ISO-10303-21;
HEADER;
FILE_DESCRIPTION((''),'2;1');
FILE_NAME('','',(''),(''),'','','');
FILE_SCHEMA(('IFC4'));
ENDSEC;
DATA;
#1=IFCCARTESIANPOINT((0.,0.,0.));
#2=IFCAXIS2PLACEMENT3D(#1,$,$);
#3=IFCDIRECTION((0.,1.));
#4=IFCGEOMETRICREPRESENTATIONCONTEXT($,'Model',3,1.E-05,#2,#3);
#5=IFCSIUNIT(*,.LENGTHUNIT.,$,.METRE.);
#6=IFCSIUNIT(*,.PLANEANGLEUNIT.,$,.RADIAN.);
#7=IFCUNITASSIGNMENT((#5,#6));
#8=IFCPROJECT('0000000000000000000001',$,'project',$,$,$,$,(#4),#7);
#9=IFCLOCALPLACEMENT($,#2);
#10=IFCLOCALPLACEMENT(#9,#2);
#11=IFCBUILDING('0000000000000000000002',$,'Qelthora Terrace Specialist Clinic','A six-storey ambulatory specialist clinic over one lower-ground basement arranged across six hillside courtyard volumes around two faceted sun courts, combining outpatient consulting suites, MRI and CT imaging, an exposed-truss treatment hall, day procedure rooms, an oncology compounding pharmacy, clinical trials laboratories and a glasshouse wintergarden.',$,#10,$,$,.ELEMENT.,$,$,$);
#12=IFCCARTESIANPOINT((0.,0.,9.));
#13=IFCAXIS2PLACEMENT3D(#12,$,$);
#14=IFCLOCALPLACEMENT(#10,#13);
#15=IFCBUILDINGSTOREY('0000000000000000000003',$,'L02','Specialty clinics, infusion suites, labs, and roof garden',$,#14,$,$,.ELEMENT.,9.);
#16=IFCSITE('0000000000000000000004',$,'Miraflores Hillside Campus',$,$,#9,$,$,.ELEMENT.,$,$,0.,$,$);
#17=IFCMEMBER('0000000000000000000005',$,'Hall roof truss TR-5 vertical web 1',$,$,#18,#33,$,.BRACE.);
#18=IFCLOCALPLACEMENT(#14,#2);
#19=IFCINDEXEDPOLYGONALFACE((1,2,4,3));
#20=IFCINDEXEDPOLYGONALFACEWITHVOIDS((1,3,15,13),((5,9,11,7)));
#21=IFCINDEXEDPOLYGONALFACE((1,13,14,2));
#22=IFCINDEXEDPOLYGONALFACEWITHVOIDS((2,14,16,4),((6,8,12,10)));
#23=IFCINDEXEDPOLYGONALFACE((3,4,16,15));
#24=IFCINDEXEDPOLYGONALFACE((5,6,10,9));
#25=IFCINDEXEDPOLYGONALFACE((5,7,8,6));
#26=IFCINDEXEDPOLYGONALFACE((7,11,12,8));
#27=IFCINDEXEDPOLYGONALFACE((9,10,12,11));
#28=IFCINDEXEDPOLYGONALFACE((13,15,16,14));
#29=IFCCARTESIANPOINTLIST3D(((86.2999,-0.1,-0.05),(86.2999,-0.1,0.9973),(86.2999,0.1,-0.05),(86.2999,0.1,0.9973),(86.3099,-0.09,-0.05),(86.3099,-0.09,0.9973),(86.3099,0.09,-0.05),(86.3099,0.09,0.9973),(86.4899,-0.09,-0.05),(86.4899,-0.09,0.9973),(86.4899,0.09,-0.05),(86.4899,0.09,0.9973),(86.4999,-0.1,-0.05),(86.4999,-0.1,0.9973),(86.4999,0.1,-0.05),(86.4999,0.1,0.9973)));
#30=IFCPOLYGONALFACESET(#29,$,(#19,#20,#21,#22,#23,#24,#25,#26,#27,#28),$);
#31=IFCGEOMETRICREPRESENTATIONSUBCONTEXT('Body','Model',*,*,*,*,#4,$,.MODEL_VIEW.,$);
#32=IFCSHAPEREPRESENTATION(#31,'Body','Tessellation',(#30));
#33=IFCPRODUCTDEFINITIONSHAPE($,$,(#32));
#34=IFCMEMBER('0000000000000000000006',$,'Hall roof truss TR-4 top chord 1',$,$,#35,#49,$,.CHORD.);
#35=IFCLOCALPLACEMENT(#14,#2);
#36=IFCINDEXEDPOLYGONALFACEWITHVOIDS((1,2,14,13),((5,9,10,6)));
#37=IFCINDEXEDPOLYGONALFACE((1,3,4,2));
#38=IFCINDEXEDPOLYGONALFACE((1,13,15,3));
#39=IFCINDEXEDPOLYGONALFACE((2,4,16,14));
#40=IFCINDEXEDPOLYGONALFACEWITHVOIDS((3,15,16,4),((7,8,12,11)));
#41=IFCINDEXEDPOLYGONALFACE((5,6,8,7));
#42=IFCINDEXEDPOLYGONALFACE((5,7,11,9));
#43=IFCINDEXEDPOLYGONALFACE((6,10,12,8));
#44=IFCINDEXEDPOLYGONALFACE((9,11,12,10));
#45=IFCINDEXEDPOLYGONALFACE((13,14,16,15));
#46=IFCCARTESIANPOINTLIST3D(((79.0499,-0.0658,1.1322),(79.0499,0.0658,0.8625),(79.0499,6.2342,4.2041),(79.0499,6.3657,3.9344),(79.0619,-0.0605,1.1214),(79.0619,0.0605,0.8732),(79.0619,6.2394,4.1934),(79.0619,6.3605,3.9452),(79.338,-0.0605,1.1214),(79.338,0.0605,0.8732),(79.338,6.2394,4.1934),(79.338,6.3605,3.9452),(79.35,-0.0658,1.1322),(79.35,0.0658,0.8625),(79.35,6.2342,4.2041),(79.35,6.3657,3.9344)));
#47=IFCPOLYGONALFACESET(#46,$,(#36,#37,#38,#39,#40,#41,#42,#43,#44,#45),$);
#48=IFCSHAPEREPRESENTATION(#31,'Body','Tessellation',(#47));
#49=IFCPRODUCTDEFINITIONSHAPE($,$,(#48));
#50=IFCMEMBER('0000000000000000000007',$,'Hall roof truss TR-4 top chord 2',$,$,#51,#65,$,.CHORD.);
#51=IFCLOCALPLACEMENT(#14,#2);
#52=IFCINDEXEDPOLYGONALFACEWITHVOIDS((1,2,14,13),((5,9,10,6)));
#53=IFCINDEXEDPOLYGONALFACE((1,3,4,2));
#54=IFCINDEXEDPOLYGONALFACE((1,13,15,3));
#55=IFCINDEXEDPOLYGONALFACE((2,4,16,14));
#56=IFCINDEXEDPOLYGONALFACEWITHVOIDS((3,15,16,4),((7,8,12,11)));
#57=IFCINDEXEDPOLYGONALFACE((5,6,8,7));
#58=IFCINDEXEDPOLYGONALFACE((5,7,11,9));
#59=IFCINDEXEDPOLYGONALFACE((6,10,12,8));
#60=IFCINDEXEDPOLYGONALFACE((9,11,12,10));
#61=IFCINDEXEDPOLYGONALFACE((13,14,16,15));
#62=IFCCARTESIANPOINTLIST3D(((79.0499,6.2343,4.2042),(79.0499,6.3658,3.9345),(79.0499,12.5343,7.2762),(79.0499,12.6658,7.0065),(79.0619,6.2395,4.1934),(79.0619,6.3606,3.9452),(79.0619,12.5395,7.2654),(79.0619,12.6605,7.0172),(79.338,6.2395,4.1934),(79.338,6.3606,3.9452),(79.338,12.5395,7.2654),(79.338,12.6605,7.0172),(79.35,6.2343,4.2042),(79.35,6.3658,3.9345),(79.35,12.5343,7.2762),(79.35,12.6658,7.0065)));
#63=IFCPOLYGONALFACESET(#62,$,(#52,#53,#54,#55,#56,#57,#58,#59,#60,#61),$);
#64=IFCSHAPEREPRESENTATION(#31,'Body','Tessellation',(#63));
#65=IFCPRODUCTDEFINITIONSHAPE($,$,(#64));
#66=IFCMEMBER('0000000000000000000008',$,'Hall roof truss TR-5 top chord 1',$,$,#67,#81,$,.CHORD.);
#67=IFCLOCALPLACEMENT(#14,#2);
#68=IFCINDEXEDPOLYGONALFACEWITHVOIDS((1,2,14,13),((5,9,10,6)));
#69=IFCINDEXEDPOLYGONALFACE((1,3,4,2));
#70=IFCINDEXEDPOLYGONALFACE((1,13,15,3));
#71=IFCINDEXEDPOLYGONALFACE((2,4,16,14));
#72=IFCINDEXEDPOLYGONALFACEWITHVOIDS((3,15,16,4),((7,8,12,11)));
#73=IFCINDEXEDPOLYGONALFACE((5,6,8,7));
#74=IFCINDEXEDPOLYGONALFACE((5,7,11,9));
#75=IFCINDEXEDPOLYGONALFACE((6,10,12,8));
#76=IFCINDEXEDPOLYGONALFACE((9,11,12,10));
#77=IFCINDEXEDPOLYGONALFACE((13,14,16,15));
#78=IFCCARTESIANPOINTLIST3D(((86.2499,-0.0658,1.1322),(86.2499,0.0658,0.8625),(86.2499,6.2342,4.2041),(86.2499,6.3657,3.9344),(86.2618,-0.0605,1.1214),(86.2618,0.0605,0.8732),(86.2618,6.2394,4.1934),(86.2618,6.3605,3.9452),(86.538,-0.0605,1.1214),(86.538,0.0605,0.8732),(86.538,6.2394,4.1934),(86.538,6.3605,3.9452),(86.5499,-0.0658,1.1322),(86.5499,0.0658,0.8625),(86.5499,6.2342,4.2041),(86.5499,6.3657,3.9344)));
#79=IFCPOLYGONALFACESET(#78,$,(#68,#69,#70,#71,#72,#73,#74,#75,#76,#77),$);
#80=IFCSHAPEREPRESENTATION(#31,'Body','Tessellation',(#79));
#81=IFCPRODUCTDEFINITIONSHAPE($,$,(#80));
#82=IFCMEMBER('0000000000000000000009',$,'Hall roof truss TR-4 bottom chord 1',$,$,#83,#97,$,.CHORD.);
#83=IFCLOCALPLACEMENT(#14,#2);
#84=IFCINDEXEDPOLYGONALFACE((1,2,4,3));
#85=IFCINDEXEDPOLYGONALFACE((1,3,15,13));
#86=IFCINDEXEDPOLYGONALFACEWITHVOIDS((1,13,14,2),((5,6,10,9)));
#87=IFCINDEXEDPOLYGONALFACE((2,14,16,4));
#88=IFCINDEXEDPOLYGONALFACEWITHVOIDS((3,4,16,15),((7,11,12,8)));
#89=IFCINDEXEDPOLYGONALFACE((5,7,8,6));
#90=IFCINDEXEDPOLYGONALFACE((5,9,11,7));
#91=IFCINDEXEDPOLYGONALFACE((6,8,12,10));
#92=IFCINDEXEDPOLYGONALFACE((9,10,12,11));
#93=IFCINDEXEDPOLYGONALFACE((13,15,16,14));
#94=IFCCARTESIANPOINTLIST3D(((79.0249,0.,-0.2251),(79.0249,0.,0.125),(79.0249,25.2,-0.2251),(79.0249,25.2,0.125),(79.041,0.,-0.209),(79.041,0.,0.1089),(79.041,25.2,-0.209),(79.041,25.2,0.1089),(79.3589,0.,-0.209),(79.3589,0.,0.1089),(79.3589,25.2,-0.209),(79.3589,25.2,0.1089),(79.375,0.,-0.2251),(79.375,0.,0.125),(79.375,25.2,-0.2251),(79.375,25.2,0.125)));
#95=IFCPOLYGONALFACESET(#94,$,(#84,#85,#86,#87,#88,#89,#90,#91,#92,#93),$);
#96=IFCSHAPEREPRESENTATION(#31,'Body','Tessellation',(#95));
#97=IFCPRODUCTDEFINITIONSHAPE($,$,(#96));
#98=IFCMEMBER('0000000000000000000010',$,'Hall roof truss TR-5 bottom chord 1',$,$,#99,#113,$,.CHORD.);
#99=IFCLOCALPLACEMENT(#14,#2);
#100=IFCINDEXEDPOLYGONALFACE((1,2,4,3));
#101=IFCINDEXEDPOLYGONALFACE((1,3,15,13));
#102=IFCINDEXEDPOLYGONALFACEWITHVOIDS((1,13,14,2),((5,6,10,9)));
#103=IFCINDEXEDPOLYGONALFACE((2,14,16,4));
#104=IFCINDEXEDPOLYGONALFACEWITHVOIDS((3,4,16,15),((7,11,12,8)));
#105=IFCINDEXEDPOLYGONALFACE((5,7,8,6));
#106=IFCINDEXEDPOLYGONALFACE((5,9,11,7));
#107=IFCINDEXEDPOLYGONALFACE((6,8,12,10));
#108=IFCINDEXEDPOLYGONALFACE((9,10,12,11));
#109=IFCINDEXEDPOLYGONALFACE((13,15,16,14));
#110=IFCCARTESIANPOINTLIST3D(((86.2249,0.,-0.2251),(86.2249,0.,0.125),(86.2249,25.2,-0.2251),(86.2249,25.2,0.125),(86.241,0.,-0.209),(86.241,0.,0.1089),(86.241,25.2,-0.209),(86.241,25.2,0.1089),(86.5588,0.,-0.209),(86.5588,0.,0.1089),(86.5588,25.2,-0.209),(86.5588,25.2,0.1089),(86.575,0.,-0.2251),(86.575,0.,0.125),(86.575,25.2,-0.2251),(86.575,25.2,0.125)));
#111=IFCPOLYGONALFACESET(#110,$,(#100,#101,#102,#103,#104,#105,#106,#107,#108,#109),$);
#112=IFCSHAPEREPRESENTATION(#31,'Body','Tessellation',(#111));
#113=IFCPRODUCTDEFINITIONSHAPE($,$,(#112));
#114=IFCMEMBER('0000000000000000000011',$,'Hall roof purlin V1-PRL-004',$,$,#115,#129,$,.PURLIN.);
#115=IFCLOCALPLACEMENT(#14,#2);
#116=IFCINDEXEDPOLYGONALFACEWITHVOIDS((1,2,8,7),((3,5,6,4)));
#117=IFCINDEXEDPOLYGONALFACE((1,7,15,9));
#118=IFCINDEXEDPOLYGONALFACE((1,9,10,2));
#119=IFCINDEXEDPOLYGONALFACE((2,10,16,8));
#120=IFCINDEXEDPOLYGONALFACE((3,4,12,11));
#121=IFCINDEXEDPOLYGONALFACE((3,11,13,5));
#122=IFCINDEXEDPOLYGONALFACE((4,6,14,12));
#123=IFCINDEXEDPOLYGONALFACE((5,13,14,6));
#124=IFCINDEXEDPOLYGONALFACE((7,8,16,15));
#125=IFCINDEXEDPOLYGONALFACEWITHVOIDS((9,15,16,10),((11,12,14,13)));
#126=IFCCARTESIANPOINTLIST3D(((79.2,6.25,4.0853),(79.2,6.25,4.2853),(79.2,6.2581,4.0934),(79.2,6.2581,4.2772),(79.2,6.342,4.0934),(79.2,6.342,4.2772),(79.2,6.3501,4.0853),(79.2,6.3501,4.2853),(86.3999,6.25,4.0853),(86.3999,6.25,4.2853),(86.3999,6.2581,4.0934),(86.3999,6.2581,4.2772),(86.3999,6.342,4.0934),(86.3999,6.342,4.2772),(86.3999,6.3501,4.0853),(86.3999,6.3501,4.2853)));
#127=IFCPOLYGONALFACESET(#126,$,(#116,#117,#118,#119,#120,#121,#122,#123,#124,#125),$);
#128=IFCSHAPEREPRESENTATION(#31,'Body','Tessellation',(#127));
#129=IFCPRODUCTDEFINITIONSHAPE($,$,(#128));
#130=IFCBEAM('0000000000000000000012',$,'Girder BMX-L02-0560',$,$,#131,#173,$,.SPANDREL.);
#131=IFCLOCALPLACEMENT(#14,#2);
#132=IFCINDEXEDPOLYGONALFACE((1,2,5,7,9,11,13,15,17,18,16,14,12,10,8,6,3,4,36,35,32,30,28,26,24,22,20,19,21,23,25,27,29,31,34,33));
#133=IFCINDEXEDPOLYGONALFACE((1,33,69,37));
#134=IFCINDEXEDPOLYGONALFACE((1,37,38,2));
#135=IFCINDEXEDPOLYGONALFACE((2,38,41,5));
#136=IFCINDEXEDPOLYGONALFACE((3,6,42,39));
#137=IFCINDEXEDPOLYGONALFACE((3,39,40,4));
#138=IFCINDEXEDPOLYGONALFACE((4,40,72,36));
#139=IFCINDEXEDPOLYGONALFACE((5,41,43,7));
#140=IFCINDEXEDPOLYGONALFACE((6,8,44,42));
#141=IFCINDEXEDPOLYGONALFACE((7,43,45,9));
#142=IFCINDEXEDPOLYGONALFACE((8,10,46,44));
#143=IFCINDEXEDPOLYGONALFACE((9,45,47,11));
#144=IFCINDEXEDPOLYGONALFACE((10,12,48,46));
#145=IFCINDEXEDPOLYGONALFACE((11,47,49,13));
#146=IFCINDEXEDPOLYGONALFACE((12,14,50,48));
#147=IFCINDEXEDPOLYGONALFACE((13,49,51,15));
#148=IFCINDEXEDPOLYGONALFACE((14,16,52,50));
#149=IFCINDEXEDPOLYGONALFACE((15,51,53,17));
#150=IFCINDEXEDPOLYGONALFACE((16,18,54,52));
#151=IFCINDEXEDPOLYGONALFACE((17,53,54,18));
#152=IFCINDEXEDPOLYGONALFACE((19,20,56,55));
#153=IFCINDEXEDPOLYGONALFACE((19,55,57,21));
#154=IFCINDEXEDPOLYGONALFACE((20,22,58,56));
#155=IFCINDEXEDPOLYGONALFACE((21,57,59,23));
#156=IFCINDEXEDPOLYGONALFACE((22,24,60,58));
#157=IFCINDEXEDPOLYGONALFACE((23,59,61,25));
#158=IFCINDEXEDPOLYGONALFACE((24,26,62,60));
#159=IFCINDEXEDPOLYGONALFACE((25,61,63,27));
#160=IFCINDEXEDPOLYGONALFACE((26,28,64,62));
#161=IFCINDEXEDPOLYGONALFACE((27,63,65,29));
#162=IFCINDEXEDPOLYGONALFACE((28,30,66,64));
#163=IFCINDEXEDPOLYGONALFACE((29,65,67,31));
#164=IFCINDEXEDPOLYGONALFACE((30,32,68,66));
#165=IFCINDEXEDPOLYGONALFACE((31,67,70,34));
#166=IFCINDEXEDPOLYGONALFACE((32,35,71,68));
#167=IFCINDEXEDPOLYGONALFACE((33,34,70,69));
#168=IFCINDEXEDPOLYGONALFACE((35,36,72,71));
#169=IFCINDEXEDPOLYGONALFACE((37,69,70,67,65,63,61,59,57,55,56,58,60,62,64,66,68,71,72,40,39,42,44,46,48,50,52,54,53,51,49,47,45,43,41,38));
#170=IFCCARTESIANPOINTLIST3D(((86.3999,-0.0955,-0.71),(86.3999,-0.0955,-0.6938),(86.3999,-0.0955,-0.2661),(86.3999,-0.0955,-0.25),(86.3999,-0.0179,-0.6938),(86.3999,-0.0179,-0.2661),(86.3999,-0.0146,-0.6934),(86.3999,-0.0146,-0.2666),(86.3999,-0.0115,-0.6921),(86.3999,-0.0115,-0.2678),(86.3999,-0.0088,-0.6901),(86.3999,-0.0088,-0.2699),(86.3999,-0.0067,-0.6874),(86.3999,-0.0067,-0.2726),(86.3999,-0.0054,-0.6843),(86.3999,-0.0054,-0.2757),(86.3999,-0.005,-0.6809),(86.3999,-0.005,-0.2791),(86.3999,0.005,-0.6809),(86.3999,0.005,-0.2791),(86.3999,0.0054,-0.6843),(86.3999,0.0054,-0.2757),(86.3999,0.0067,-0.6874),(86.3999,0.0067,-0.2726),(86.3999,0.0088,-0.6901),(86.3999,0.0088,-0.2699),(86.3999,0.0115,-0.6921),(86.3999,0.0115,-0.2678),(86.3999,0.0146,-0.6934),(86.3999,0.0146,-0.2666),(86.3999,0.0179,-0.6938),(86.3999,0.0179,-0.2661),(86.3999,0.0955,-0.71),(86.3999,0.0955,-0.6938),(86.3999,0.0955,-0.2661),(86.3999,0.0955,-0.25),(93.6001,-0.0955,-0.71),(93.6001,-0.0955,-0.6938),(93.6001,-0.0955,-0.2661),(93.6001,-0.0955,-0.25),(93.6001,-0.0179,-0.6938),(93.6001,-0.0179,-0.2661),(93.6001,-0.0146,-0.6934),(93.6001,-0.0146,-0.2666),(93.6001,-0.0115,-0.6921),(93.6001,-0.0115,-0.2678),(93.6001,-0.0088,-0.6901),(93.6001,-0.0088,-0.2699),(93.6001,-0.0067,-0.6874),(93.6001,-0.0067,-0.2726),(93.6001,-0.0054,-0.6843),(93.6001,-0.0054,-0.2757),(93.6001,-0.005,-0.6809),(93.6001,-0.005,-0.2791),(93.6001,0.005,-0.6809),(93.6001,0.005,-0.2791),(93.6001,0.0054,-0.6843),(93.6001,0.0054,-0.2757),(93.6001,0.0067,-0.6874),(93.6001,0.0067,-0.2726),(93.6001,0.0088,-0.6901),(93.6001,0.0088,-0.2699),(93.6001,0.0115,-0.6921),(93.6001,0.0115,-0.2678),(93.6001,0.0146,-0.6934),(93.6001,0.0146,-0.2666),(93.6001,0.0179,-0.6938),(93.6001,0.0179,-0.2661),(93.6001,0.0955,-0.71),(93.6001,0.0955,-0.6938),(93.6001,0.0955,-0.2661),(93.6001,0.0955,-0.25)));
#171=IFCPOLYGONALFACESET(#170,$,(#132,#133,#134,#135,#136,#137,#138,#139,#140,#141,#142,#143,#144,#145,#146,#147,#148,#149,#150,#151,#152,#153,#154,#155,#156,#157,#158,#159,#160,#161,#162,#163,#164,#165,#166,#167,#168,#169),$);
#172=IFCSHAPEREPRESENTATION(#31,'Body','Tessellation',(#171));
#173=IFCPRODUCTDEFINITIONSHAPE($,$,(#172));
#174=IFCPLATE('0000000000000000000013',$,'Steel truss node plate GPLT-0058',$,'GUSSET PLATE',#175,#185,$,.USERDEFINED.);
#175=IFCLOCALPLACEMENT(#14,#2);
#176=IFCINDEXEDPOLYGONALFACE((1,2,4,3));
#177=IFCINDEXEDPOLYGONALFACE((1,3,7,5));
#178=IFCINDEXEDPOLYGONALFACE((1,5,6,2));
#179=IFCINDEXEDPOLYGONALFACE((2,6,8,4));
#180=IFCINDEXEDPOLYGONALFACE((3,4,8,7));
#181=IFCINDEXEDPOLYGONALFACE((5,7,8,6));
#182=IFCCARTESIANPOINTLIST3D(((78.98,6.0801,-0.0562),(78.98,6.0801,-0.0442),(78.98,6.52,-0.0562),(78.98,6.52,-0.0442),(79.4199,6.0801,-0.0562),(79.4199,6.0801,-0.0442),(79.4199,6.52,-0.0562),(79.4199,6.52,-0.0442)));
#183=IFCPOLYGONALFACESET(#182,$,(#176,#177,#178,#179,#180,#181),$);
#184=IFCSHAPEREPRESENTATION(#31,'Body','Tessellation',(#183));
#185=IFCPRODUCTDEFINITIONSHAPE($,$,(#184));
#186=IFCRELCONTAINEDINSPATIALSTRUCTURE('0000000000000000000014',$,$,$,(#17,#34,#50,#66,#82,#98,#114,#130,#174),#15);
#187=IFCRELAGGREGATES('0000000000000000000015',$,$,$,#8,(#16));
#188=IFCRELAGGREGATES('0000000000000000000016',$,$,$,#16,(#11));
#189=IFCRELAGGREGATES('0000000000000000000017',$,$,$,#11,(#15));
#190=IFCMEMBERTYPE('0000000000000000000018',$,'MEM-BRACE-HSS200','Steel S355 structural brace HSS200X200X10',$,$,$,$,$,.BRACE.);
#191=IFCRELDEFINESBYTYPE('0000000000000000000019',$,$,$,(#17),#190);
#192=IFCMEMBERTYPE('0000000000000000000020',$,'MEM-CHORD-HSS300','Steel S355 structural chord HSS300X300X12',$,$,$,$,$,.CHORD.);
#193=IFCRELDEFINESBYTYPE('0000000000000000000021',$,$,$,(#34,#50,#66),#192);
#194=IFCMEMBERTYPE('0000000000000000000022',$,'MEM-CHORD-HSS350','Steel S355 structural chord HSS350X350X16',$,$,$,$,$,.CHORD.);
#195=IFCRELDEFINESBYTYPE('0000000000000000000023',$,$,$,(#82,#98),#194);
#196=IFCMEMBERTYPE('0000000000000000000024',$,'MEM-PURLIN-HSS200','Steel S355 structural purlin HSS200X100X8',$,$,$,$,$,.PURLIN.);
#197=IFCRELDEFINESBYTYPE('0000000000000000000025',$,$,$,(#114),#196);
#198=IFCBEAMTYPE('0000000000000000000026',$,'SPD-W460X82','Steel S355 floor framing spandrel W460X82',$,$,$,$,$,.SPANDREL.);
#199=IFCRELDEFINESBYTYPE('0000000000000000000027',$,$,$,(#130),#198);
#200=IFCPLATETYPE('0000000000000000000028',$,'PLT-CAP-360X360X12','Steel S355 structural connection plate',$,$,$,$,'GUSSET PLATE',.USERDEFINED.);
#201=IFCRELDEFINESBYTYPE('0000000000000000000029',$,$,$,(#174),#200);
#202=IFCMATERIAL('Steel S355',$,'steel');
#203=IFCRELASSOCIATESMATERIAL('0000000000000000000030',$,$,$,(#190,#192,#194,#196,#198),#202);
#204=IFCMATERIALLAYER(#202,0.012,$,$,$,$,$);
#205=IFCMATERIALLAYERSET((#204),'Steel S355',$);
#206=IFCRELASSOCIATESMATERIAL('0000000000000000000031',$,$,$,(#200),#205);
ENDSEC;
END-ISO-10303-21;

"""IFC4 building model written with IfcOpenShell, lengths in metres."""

from ifc_helpers import new_model, si_unit, direction, frame, origin, origin_2d, place, context, subcontext, project, spatial, rectangle, hollow_rectangle, i_section, extrude, material, layer, layer_set, material_profile, profile_set, type_object, element, save


model = new_model("IFC4")

# Units and contexts
model_context = context("Model", 3, precision=1e-05, world=origin(), true_north=direction((0.0, 1.0)))
body_context = subcontext(model_context, "Body", "Model", "MODEL_VIEW")
ifc_project = project(units=[si_unit("LENGTHUNIT", "METRE"), si_unit("PLANEANGLEUNIT", "RADIAN")], contexts=[model_context])

# Site, building, storey
site_placement = place(None, origin())
site = spatial("IfcSite", under=ifc_project, at=site_placement, Name="Miraflores Hillside Campus", CompositionType="ELEMENT", RefElevation=0.0)
building_placement = place(site_placement, origin())
building = spatial("IfcBuilding", under=site, at=building_placement, Name="Qelthora Terrace Specialist Clinic", Description="A six-storey ambulatory specialist clinic over one lower-ground basement arranged across six hillside courtyard volumes around two faceted sun courts, combining outpatient consulting suites, MRI and CT imaging, an exposed-truss treatment hall, day procedure rooms, an oncology compounding pharmacy, clinical trials laboratories and a glasshouse wintergarden.", CompositionType="ELEMENT")
storey_placement = place(building_placement, frame((0.0, 0.0, 9.0)))
storey = spatial("IfcBuildingStorey", under=building, at=storey_placement, Name="L02", Description="Specialty clinics, infusion suites, labs, and roof garden", CompositionType="ELEMENT", Elevation=9.0)

# Members
ifc_material_1 = material(Name="Steel S355", Category="steel")
ifc_material_profile_1 = material_profile(ifc_material_1, hollow_rectangle(XDim=0.2, YDim=0.2, WallThickness=0.01, at=origin_2d()), Name="HSS200X200X10")
ifc_profile_set_1 = profile_set([ifc_material_profile_1], Name="Steel S355")
member_type_1 = type_object("IfcMemberType", Name="MEM-BRACE-HSS200", Description="Steel S355 structural brace HSS200X200X10", PredefinedType="BRACE", material=ifc_profile_set_1)
member_1_placement = place(storey_placement, frame((86.3999, 0.0, -0.05), z_axis=(0.0, 0.0, 1.0), x_axis=(1.0, 0.0, 0.0)))
element("IfcMember", 1, at=member_1_placement, inside=storey, type_object=member_type_1, Name="Hall roof truss TR-5 vertical web 1", PredefinedType="BRACE", context=body_context, shape_type="SweptSolid", body=[
    extrude(hollow_rectangle(XDim=0.2, YDim=0.2, WallThickness=0.01, at=origin_2d()), origin(), (0.0, 0.0, 1.0), 1.0474),
])
ifc_material_profile_2 = material_profile(ifc_material_1, hollow_rectangle(XDim=0.3, YDim=0.3, WallThickness=0.012, at=origin_2d()), Name="HSS300X300X12")
ifc_profile_set_2 = profile_set([ifc_material_profile_2], Name="Steel S355")
member_type_2 = type_object("IfcMemberType", Name="MEM-CHORD-HSS300", Description="Steel S355 structural chord HSS300X300X12", PredefinedType="CHORD", material=ifc_profile_set_2)
for number, where, z_axis, x_axis, name in (
    (2, (79.2, 0.0, 0.9973), (0.0, 0.898834, 0.438288), (-1.0, 0.0, 0.0), "Hall roof truss TR-4 top chord 1"),
    (3, (79.2, 6.3, 4.0693), (0.0, 0.898834, 0.438288), (-1.0, 0.0, 0.0), "Hall roof truss TR-4 top chord 2"),
    (4, (86.3999, 0.0, 0.9973), (0.0, 0.898834, 0.438288), (-1.0, 0.0, 0.0), "Hall roof truss TR-5 top chord 1"),
):
    element("IfcMember", number, at=place(storey_placement, frame(where, z_axis=z_axis, x_axis=x_axis)), inside=storey, type_object=member_type_2, Name=name, PredefinedType="CHORD", context=body_context, shape_type="SweptSolid", body=[
        extrude(hollow_rectangle(XDim=0.3, YDim=0.3, WallThickness=0.012, at=origin_2d()), origin(), (0.0, 0.0, 1.0), 7.009),
    ])
ifc_material_profile_3 = material_profile(ifc_material_1, hollow_rectangle(XDim=0.3501, YDim=0.3501, WallThickness=0.0161, at=origin_2d()), Name="HSS350X350X16")
ifc_profile_set_3 = profile_set([ifc_material_profile_3], Name="Steel S355")
member_type_3 = type_object("IfcMemberType", Name="MEM-CHORD-HSS350", Description="Steel S355 structural chord HSS350X350X16", PredefinedType="CHORD", material=ifc_profile_set_3)
for number, where, z_axis, x_axis, name in (
    (5, (79.2, 0.0, -0.05), (0.0, 1.0, 0.0), (-1.0, 0.0, 0.0), "Hall roof truss TR-4 bottom chord 1"),
    (6, (86.3999, 0.0, -0.05), (0.0, 1.0, 0.0), (-1.0, 0.0, 0.0), "Hall roof truss TR-5 bottom chord 1"),
):
    element("IfcMember", number, at=place(storey_placement, frame(where, z_axis=z_axis, x_axis=x_axis)), inside=storey, type_object=member_type_3, Name=name, PredefinedType="CHORD", context=body_context, shape_type="SweptSolid", body=[
        extrude(hollow_rectangle(XDim=0.3501, YDim=0.3501, WallThickness=0.0161, at=origin_2d()), origin(), (0.0, 0.0, 1.0), 25.2),
    ])
ifc_material_profile_4 = material_profile(ifc_material_1, hollow_rectangle(XDim=0.1001, YDim=0.2, WallThickness=0.0081, at=origin_2d()), Name="HSS200X100X8")
ifc_profile_set_4 = profile_set([ifc_material_profile_4], Name="Steel S355")
member_type_4 = type_object("IfcMemberType", Name="MEM-PURLIN-HSS200", Description="Steel S355 structural purlin HSS200X100X8", PredefinedType="PURLIN", material=ifc_profile_set_4)
member_2_placement = place(storey_placement, frame((79.2, 6.3, 4.1853), z_axis=(1.0, 0.0, 0.0), x_axis=(0.0, 1.0, 0.0)))
element("IfcMember", 7, at=member_2_placement, inside=storey, type_object=member_type_4, Name="Hall roof purlin V1-PRL-004", PredefinedType="PURLIN", context=body_context, shape_type="SweptSolid", body=[
    extrude(hollow_rectangle(XDim=0.1001, YDim=0.2, WallThickness=0.0081, at=origin_2d()), origin(), (0.0, 0.0, 1.0), 7.2),
])

# Beam
ifc_material_profile_5 = material_profile(ifc_material_1, i_section(OverallWidth=0.1909, OverallDepth=0.46, WebThickness=0.01, FlangeThickness=0.0161, FilletRadius=0.0129, at=origin_2d()), Name="W460X82")
ifc_profile_set_5 = profile_set([ifc_material_profile_5], Name="Steel S355")
beam_type = type_object("IfcBeamType", Name="SPD-W460X82", Description="Steel S355 floor framing spandrel W460X82", PredefinedType="SPANDREL", material=ifc_profile_set_5)
beam_placement = place(storey_placement, frame((86.3999, 0.0, -0.48), z_axis=(1.0, 0.0, 0.0), x_axis=(0.0, 1.0, 0.0)))
element("IfcBeam", 8, at=beam_placement, inside=storey, type_object=beam_type, Name="Girder BMX-L02-0560", PredefinedType="SPANDREL", context=body_context, shape_type="SweptSolid", body=[
    extrude(i_section(OverallWidth=0.1909, OverallDepth=0.46, WebThickness=0.01, FlangeThickness=0.0161, FilletRadius=0.0129, at=origin_2d()), origin(), (0.0, 0.0, 1.0), 7.2002),
])

# Plate
ifc_layer_1 = layer(ifc_material_1, 0.012)
ifc_layer_set_1 = layer_set([ifc_layer_1], Name="Steel S355")
plate_type_1 = type_object("IfcPlateType", Name="PLT-CAP-360X360X12", Description="Steel S355 structural connection plate", ElementType="GUSSET PLATE", PredefinedType="USERDEFINED", material=ifc_layer_set_1)
plate_1_placement = place(storey_placement, frame((79.2, 6.3, -0.0562), z_axis=(0.0, 0.0, 1.0), x_axis=(1.0, 0.0, 0.0)))
element("IfcPlate", 9, at=plate_1_placement, inside=storey, type_object=plate_type_1, Name="Steel truss node plate GPLT-0058", ObjectType="GUSSET PLATE", PredefinedType="USERDEFINED", context=body_context, shape_type="SweptSolid", body=[
    extrude(rectangle(XDim=0.4399, YDim=0.4399, at=origin_2d()), origin(), (0.0, 0.0, 1.0), 0.012),
])

save(model, "model.ifc")
